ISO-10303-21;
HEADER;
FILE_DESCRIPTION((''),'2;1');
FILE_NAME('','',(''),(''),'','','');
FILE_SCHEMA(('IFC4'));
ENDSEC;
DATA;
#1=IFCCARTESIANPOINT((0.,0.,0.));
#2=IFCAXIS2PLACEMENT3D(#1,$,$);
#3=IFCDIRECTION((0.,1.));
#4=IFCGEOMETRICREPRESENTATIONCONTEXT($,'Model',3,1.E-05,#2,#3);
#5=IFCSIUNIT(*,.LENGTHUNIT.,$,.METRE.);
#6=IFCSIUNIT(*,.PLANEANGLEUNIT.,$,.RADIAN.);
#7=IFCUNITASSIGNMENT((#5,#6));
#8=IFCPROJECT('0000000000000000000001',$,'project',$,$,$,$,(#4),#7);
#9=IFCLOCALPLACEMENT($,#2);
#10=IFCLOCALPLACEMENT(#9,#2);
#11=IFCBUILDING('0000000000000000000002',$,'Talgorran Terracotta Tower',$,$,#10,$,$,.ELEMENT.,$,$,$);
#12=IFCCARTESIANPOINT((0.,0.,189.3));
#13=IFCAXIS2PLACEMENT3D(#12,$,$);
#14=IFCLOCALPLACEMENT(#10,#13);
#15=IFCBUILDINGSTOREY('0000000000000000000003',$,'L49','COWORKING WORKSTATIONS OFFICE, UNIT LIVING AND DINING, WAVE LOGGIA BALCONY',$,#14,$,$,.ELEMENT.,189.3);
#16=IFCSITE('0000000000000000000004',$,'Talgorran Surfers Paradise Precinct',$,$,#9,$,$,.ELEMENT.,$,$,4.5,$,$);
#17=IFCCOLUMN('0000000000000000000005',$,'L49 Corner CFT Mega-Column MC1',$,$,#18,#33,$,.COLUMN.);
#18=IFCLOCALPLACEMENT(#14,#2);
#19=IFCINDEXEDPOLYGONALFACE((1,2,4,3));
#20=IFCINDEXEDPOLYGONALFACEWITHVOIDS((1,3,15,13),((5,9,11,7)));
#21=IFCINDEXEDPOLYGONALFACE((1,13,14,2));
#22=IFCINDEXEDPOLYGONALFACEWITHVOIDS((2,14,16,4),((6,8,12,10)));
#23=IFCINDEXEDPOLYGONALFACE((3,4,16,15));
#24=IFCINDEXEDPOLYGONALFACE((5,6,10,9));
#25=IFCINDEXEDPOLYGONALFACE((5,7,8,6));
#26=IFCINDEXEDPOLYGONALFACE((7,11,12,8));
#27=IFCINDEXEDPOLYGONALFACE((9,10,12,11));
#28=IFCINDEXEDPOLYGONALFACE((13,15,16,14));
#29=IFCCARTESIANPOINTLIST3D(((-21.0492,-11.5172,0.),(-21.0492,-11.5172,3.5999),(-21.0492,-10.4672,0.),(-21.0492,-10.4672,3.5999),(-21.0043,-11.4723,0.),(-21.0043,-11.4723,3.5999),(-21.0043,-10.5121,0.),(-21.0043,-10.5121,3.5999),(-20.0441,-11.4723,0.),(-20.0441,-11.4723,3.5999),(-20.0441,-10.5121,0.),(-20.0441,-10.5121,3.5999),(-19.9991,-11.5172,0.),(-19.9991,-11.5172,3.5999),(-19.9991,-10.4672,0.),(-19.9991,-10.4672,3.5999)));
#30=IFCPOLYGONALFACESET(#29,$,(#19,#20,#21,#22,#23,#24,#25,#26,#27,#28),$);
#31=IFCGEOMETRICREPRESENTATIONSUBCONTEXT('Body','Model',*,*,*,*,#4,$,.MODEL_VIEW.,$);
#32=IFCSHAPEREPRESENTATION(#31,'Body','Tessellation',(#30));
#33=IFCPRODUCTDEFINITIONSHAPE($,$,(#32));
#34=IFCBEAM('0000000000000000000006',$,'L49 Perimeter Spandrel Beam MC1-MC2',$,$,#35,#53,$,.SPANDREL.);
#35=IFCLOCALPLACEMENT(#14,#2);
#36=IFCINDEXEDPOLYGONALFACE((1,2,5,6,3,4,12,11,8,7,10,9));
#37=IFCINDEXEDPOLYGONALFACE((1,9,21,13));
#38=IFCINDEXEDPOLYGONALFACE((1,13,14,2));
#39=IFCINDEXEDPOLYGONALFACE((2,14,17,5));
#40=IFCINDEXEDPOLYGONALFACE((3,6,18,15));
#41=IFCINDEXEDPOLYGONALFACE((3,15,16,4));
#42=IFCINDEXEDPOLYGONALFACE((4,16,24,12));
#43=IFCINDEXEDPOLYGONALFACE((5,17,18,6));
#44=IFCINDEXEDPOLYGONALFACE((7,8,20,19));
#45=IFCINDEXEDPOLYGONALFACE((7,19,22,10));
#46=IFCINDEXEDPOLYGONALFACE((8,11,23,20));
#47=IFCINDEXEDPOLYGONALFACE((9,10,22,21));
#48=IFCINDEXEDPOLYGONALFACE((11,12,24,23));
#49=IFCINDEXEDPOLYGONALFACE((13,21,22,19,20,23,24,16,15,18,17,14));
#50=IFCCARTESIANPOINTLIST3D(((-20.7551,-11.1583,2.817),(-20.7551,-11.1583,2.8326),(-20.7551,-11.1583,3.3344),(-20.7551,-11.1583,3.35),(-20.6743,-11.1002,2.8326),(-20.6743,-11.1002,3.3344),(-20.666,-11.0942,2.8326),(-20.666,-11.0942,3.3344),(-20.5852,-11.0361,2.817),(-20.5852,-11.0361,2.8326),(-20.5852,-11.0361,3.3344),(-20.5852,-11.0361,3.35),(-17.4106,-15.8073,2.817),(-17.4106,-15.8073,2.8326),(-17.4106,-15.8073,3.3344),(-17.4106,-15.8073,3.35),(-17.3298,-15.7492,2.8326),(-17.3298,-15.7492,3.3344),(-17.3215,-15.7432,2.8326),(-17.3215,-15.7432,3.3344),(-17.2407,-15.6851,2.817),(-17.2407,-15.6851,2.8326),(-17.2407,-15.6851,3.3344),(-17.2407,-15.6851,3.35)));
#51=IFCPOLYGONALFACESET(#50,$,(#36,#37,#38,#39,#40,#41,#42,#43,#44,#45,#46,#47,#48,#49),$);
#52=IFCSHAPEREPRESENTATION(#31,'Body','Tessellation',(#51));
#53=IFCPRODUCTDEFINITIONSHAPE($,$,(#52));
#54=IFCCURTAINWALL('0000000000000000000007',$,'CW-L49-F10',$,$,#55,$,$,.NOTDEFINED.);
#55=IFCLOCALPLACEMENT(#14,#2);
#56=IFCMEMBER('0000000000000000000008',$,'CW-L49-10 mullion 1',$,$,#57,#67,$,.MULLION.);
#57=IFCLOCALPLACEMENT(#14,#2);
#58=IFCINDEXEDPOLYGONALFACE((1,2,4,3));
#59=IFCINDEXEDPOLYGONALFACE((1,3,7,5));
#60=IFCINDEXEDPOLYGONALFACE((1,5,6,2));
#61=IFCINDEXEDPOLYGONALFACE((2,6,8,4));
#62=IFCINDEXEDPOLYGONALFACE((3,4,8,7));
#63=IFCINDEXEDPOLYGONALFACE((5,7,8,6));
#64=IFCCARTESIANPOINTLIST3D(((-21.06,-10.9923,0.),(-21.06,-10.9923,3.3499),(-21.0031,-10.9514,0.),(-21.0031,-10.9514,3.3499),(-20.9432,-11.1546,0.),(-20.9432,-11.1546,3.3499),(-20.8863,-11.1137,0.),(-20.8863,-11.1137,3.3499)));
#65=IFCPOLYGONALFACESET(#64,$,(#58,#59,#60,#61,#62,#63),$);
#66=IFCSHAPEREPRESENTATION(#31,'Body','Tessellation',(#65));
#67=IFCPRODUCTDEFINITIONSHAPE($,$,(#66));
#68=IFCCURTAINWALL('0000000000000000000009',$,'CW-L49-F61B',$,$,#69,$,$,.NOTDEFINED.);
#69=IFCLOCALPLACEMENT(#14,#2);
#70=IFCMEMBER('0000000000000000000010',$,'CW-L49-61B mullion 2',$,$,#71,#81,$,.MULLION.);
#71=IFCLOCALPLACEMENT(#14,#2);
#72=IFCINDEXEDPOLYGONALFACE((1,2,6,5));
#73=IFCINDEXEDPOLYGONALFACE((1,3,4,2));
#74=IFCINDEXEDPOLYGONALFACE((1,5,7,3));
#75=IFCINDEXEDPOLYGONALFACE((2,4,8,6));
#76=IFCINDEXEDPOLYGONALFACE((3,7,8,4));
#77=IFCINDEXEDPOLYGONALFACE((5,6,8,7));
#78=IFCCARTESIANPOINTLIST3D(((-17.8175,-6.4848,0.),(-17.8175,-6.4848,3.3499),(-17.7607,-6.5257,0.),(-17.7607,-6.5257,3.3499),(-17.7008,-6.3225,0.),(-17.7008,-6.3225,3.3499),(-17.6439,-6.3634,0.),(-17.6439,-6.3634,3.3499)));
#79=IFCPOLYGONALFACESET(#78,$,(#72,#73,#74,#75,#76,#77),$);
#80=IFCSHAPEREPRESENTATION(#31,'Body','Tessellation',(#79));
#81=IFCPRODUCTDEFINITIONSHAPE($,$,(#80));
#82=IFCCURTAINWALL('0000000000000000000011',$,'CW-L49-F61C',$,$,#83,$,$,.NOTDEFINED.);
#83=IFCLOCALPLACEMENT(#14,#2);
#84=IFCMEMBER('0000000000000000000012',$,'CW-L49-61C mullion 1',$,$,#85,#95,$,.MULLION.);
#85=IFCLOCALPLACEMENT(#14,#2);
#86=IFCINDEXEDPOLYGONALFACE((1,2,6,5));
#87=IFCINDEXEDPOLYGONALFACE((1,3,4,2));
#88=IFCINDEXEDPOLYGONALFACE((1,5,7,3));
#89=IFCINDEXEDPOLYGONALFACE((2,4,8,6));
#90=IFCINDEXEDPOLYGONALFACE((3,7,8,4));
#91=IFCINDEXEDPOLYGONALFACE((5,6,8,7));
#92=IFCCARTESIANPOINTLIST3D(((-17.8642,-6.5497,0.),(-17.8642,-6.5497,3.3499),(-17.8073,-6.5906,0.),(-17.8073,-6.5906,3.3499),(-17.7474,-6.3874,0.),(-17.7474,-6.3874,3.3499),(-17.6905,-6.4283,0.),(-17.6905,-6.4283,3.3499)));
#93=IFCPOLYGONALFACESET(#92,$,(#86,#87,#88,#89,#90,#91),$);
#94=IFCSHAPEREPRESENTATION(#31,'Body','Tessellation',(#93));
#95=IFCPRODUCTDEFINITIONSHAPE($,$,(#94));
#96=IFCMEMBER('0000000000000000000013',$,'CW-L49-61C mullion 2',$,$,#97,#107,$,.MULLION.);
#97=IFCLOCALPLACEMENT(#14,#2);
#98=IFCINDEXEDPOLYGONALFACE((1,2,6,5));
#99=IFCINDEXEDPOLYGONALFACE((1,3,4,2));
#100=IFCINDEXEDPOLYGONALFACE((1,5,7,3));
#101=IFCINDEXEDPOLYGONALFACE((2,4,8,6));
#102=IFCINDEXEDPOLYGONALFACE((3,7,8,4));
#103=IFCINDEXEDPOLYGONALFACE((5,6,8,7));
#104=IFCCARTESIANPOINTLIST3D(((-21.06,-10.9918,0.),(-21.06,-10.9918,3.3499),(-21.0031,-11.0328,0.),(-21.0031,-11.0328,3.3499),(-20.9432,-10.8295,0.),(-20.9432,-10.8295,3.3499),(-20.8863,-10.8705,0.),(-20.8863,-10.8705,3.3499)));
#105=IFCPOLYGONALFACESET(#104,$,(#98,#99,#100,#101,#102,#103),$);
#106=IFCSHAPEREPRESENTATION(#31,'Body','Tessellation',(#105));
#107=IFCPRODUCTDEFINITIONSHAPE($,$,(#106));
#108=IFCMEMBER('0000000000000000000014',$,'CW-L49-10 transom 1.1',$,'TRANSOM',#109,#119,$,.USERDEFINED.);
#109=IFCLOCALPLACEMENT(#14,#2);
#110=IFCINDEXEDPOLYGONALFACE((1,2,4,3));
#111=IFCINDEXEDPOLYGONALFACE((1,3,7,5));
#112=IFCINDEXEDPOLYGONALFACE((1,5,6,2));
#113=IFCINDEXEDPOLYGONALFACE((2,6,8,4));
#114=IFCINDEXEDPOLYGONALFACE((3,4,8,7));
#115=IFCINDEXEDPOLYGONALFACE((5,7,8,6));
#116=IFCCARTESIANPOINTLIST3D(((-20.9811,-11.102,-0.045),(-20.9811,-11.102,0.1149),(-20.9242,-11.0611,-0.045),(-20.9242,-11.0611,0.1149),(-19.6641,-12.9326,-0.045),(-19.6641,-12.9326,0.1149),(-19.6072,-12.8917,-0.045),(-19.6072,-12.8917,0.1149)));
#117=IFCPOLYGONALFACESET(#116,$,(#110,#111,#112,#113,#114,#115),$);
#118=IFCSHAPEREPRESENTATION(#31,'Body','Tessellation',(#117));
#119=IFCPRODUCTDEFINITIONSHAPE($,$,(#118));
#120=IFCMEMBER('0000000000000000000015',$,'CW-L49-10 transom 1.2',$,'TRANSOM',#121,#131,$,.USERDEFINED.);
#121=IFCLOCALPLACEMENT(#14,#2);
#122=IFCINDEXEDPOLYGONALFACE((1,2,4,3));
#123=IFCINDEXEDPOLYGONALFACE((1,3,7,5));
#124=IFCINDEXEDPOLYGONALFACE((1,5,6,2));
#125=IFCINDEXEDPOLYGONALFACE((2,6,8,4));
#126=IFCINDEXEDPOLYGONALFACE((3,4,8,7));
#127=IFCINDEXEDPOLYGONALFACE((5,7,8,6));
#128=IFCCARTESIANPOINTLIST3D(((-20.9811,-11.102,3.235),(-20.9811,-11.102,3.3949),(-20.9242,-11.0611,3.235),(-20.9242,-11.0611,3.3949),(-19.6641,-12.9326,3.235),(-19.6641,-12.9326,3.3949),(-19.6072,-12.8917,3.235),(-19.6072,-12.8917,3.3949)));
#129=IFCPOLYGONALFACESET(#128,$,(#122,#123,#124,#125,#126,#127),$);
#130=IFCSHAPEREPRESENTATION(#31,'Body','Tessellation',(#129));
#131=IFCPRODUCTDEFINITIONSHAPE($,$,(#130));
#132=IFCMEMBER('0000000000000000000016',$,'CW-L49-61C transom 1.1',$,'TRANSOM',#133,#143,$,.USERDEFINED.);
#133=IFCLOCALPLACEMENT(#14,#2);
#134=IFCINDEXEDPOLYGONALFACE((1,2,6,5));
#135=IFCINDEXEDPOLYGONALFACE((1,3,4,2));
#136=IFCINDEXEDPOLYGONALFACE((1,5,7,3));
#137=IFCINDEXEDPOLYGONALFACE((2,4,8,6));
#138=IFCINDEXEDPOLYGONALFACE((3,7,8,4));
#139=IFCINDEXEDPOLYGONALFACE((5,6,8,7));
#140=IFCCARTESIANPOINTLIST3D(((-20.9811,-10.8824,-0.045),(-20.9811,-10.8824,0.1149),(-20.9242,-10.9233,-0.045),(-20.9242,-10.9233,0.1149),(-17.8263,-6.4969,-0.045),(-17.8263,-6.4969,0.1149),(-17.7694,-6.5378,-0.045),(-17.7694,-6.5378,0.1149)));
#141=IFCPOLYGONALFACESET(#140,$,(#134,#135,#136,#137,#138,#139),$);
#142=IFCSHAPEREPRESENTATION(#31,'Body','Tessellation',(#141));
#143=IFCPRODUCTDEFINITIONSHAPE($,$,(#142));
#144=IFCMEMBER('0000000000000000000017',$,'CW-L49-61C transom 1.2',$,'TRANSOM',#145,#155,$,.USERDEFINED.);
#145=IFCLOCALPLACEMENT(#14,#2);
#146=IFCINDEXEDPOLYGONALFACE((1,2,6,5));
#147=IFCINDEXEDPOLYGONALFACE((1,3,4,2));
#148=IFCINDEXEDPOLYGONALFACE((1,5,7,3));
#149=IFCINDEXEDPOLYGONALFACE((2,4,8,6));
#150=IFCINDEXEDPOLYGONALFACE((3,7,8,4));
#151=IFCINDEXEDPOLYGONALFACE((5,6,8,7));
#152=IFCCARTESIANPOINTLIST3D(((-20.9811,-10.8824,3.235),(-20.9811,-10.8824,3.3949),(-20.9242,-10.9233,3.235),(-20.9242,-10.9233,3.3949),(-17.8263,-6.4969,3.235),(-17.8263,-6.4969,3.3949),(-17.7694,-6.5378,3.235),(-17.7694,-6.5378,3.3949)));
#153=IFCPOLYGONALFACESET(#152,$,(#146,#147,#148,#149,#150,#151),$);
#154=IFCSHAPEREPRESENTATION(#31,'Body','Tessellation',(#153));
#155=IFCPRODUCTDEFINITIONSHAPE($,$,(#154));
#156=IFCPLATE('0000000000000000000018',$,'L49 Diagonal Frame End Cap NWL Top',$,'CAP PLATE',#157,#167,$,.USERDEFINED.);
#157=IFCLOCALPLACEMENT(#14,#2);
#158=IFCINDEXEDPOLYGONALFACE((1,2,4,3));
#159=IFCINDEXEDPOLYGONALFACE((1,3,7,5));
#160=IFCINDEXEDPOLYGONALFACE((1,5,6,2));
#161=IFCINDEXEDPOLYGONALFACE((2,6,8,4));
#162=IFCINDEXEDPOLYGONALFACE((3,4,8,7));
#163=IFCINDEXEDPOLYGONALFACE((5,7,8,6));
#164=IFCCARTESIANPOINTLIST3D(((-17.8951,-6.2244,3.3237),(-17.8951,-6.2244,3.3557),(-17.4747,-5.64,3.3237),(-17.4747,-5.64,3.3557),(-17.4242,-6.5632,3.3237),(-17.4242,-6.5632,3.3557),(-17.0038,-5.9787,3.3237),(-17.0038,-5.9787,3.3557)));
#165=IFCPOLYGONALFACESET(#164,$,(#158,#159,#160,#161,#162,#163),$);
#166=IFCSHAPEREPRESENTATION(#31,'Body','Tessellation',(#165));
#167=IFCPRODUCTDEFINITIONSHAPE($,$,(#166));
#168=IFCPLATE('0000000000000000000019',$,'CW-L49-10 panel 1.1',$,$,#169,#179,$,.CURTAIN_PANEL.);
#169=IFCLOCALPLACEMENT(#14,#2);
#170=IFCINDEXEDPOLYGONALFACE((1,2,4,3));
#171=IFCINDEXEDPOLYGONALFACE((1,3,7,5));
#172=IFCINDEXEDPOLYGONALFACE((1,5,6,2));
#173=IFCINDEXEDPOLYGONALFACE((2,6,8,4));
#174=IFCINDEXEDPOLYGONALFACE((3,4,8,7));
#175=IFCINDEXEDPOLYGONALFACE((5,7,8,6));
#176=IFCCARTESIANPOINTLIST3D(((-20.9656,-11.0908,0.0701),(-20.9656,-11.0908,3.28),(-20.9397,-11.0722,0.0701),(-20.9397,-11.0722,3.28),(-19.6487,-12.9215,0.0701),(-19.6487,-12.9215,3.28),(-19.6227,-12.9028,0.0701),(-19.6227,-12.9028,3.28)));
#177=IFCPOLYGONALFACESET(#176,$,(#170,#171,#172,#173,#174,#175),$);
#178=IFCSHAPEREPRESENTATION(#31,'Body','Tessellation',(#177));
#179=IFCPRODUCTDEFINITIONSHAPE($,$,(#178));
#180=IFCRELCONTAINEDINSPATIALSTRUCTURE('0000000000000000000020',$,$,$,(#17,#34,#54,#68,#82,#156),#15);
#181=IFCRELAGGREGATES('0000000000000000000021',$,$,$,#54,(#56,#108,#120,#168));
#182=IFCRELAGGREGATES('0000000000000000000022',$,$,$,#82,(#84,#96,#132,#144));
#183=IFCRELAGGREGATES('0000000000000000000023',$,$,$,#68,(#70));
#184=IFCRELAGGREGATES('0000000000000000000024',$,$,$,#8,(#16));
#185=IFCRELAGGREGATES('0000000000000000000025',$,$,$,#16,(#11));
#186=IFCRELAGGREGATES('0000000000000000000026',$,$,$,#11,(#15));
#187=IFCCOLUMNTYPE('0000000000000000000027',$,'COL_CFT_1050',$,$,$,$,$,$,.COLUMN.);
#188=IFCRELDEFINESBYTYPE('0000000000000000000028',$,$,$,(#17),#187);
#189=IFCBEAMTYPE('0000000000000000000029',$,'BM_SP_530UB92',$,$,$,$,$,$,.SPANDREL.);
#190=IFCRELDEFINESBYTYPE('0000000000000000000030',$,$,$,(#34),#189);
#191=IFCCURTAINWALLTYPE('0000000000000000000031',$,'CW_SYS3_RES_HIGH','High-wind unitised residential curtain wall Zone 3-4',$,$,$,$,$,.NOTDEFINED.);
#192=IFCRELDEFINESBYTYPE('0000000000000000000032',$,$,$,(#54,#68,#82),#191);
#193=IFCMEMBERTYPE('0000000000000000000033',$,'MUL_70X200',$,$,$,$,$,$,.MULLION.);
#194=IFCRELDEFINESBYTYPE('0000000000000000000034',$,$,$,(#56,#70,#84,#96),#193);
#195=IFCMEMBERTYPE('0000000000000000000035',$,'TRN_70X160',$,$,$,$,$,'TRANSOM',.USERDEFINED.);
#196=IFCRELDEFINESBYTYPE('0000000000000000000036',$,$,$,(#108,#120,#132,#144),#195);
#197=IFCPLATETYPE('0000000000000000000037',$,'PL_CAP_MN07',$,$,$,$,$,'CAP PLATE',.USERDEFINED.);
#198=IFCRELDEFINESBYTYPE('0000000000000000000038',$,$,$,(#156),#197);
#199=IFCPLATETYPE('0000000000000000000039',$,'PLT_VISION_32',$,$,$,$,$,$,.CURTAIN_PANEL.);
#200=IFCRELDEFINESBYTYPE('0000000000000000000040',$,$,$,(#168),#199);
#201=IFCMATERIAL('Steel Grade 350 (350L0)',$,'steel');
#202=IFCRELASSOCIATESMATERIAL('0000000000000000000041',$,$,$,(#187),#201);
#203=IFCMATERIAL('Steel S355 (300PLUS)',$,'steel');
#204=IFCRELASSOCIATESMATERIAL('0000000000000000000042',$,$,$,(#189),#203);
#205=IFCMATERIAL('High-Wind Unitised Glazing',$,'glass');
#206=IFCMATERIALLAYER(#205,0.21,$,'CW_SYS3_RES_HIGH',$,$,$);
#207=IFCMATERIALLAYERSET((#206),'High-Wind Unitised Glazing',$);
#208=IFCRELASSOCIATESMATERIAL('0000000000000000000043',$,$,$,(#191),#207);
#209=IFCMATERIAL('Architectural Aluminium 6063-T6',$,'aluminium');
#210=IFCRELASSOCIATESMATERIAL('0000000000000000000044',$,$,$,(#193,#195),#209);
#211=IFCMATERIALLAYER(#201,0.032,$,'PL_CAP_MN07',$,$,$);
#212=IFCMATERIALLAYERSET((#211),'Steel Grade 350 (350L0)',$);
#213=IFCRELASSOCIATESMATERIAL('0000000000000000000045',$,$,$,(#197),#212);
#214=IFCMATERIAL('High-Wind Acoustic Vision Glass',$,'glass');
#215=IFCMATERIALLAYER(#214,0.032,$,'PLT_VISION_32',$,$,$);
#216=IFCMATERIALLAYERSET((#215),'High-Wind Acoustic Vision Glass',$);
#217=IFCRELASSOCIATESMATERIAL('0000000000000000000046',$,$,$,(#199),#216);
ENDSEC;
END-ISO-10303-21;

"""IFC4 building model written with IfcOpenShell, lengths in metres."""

from ifc_helpers import new_model, si_unit, direction, frame, origin, origin_2d, place, context, subcontext, project, spatial, rectangle, hollow_rectangle, i_section, extrude, source, transform, mapped, material, layer, layer_set, material_profile, profile_set, type_object, element, aggregate, save


model = new_model("IFC4")

# Units and contexts
model_context = context("Model", 3, precision=1e-05, world=origin(), true_north=direction((0.0, 1.0)))
body_context = subcontext(model_context, "Body", "Model", "MODEL_VIEW")
ifc_project = project(units=[si_unit("LENGTHUNIT", "METRE"), si_unit("PLANEANGLEUNIT", "RADIAN")], contexts=[model_context])

# Site, building, storey
site_placement = place(None, origin())
site = spatial("IfcSite", under=ifc_project, at=site_placement, Name="Talgorran Surfers Paradise Precinct", CompositionType="ELEMENT", RefElevation=4.5)
building_placement = place(site_placement, origin())
building = spatial("IfcBuilding", under=site, at=building_placement, Name="Talgorran Terracotta Tower", CompositionType="ELEMENT")
storey_placement = place(building_placement, frame((0.0, 0.0, 189.3)))
storey = spatial("IfcBuildingStorey", under=building, at=storey_placement, Name="L49", Description="COWORKING WORKSTATIONS OFFICE, UNIT LIVING AND DINING, WAVE LOGGIA BALCONY", CompositionType="ELEMENT", Elevation=189.3)

# Column
ifc_material_1 = material(Name="Steel Grade 350 (350L0)", Category="steel")
ifc_material_profile_1 = material_profile(ifc_material_1, hollow_rectangle(XDim=1.05, YDim=1.05, WallThickness=0.0449, at=origin_2d()), Name="CFT1050X1050X45")
ifc_profile_set_1 = profile_set([ifc_material_profile_1], Name="Steel Grade 350 (350L0)")
column_type = type_object("IfcColumnType", Name="COL_CFT_1050", PredefinedType="COLUMN", material=ifc_profile_set_1)
column_placement = place(storey_placement, frame((-20.5242, -10.9922, 0.0), z_axis=(0.0, 0.0, 1.0), x_axis=(1.0, 0.0, 0.0)))
element("IfcColumn", 1, at=column_placement, inside=storey, type_object=column_type, Name="L49 Corner CFT Mega-Column MC1", PredefinedType="COLUMN", context=body_context, shape_type="SweptSolid", body=[
    extrude(hollow_rectangle(XDim=1.05, YDim=1.05, WallThickness=0.0449, at=origin_2d()), origin(), (0.0, 0.0, 1.0), 3.5999),
])

# Beam
ifc_material_2 = material(Name="Steel S355 (300PLUS)", Category="steel")
ifc_material_profile_2 = material_profile(ifc_material_2, i_section(OverallWidth=0.2092, OverallDepth=0.533, WebThickness=0.0103, FlangeThickness=0.0156, at=origin_2d()), Name="530UB92.4")
ifc_profile_set_2 = profile_set([ifc_material_profile_2], Name="Steel S355 (300PLUS)")
beam_type = type_object("IfcBeamType", Name="BM_SP_530UB92", PredefinedType="SPANDREL", material=ifc_profile_set_2)
beam_placement = place(storey_placement, frame((-20.6702, -11.0972, 3.0835), z_axis=(0.583989, -0.811761, 0.0), x_axis=(0.811761, 0.583989, 0.0)))
element("IfcBeam", 2, at=beam_placement, inside=storey, type_object=beam_type, Name="L49 Perimeter Spandrel Beam MC1-MC2", PredefinedType="SPANDREL", context=body_context, shape_type="SweptSolid", body=[
    extrude(i_section(OverallWidth=0.2092, OverallDepth=0.533, WebThickness=0.0103, FlangeThickness=0.0156, at=origin_2d()), origin(), (0.0, 0.0, 1.0), 5.7271),
])

# Curtain walls, members
ifc_material_3 = material(Name="High-Wind Unitised Glazing", Category="glass")
ifc_layer_1 = layer(ifc_material_3, 0.21, Name="CW_SYS3_RES_HIGH")
ifc_layer_set_1 = layer_set([ifc_layer_1], Name="High-Wind Unitised Glazing")
curtain_wall_type = type_object("IfcCurtainWallType", Name="CW_SYS3_RES_HIGH", Description="High-wind unitised residential curtain wall Zone 3-4", PredefinedType="NOTDEFINED", material=ifc_layer_set_1)
curtain_wall_1_placement = place(storey_placement, origin())
curtain_wall_1 = element("IfcCurtainWall", 3, at=curtain_wall_1_placement, inside=storey, type_object=curtain_wall_type, Name="CW-L49-F10", PredefinedType="NOTDEFINED")
ifc_material_4 = material(Name="Architectural Aluminium 6063-T6", Category="aluminium")
ifc_material_profile_3 = material_profile(ifc_material_4, rectangle(XDim=0.0701, YDim=0.2, at=origin_2d()), Name="CWM70X200")
ifc_profile_set_3 = profile_set([ifc_material_profile_3], Name="Architectural Aluminium 6063-T6")
member_type_1 = type_object("IfcMemberType", Name="MUL_70X200", PredefinedType="MULLION", material=ifc_profile_set_3)
member_1_placement = place(storey_placement, frame((-20.9731, -11.053, 0.0), z_axis=(0.0, 0.0, 1.0), x_axis=(0.811771, 0.583976, 0.0)))
member_1 = element("IfcMember", 4, at=member_1_placement, type_object=member_type_1, Name="CW-L49-10 mullion 1", PredefinedType="MULLION", context=body_context, shape_type="SweptSolid", body=[
    extrude(rectangle(XDim=0.0701, YDim=0.2, at=origin_2d()), origin(), (0.0, 0.0, 1.0), 3.3499),
])
curtain_wall_2_placement = place(storey_placement, origin())
curtain_wall_2 = element("IfcCurtainWall", 5, at=curtain_wall_2_placement, inside=storey, type_object=curtain_wall_type, Name="CW-L49-F61B", PredefinedType="NOTDEFINED")
member_2_placement = place(storey_placement, frame((-17.7307, -6.4241, 0.0), z_axis=(0.0, 0.0, 1.0), x_axis=(0.811744, -0.584014, 0.0)))
member_2 = element("IfcMember", 6, at=member_2_placement, type_object=member_type_1, Name="CW-L49-61B mullion 2", PredefinedType="MULLION", context=body_context, shape_type="SweptSolid", body=[
    extrude(rectangle(XDim=0.0701, YDim=0.2, at=origin_2d()), origin(), (0.0, 0.0, 1.0), 3.3499),
])

# Curtain wall, members
curtain_wall_3_placement = place(storey_placement, origin())
curtain_wall_3 = element("IfcCurtainWall", 7, at=curtain_wall_3_placement, inside=storey, type_object=curtain_wall_type, Name="CW-L49-F61C", PredefinedType="NOTDEFINED")
member_3_placement = place(storey_placement, frame((-17.7773, -6.489, 0.0), z_axis=(0.0, 0.0, 1.0), x_axis=(0.811764, -0.583986, 0.0)))
member_3 = element("IfcMember", 8, at=member_3_placement, type_object=member_type_1, Name="CW-L49-61C mullion 1", PredefinedType="MULLION", context=body_context, shape_type="SweptSolid", body=[
    extrude(rectangle(XDim=0.0701, YDim=0.2, at=origin_2d()), origin(), (0.0, 0.0, 1.0), 3.3499),
])
member_4_placement = place(storey_placement, frame((-20.9731, -10.9312, 0.0), z_axis=(0.0, 0.0, 1.0), x_axis=(0.811764, -0.583986, 0.0)))
member_4 = element("IfcMember", 9, at=member_4_placement, type_object=member_type_1, Name="CW-L49-61C mullion 2", PredefinedType="MULLION", context=body_context, shape_type="SweptSolid", body=[
    extrude(rectangle(XDim=0.0701, YDim=0.2, at=origin_2d()), origin(), (0.0, 0.0, 1.0), 3.3499),
])

# Members
ifc_material_profile_4 = material_profile(ifc_material_4, rectangle(XDim=0.0701, YDim=0.1599, at=origin_2d()), Name="CWT70X160")
ifc_profile_set_4 = profile_set([ifc_material_profile_4], Name="Architectural Aluminium 6063-T6")
member_type_2 = type_object("IfcMemberType", Name="TRN_70X160", ElementType="TRANSOM", PredefinedType="USERDEFINED", material=ifc_profile_set_4)
member_5_placement = place(storey_placement, frame((-20.9526, -11.0815, 0.0349), z_axis=(0.58398, -0.811768, 0.0), x_axis=(0.811768, 0.58398, 0.0)))
member_5 = element("IfcMember", 10, at=member_5_placement, type_object=member_type_2, Name="CW-L49-10 transom 1.1", ObjectType="TRANSOM", PredefinedType="USERDEFINED", context=body_context, shape_type="SweptSolid", body=[
    extrude(rectangle(XDim=0.0701, YDim=0.1599, at=origin_2d()), origin(), (0.0, 0.0, 1.0), 2.2551),
])
member_6_placement = place(storey_placement, frame((-20.9526, -11.0815, 3.3149), z_axis=(0.58398, -0.811768, 0.0), x_axis=(0.811768, 0.58398, 0.0)))
member_6 = element("IfcMember", 11, at=member_6_placement, type_object=member_type_2, Name="CW-L49-10 transom 1.2", ObjectType="TRANSOM", PredefinedType="USERDEFINED", context=body_context, shape_type="SweptSolid", body=[
    extrude(rectangle(XDim=0.0701, YDim=0.1599, at=origin_2d()), origin(), (0.0, 0.0, 1.0), 2.2551),
])
member_7_placement = place(storey_placement, frame((-17.7979, -6.5173, 0.0349), z_axis=(-0.583967, -0.811778, 0.0), x_axis=(0.811778, -0.583967, 0.0)))
member_7 = element("IfcMember", 12, at=member_7_placement, type_object=member_type_2, Name="CW-L49-61C transom 1.1", ObjectType="TRANSOM", PredefinedType="USERDEFINED", context=body_context, shape_type="SweptSolid", body=[
    extrude(rectangle(XDim=0.0701, YDim=0.1599, at=origin_2d()), origin(), (0.0, 0.0, 1.0), 5.4023),
])
member_8_placement = place(storey_placement, frame((-17.7979, -6.5173, 3.3149), z_axis=(-0.583967, -0.811778, 0.0), x_axis=(0.811778, -0.583967, 0.0)))
member_8 = element("IfcMember", 13, at=member_8_placement, type_object=member_type_2, Name="CW-L49-61C transom 1.2", ObjectType="TRANSOM", PredefinedType="USERDEFINED", context=body_context, shape_type="SweptSolid", body=[
    extrude(rectangle(XDim=0.0701, YDim=0.1599, at=origin_2d()), origin(), (0.0, 0.0, 1.0), 5.4023),
])

# Plates
ifc_layer_2 = layer(ifc_material_1, 0.032, Name="PL_CAP_MN07")
ifc_layer_set_2 = layer_set([ifc_layer_2], Name="Steel Grade 350 (350L0)")
plate_type_1 = type_object("IfcPlateType", Name="PL_CAP_MN07", ElementType="CAP PLATE", PredefinedType="USERDEFINED", material=ifc_layer_set_2)
plate_1_placement = place(storey_placement, frame((-17.4495, -6.1016, 3.3237), z_axis=(0.0, 0.0, 1.0), x_axis=(-0.583966, -0.811778, 0.0)))
element("IfcPlate", 14, at=plate_1_placement, inside=storey, type_object=plate_type_1, Name="L49 Diagonal Frame End Cap NWL Top", ObjectType="CAP PLATE", PredefinedType="USERDEFINED", context=body_context, shape_type="SweptSolid", body=[
    extrude(rectangle(XDim=0.72, YDim=0.5801, at=origin_2d()), origin(), (0.0, 0.0, 1.0), 0.032),
])
ifc_material_5 = material(Name="High-Wind Acoustic Vision Glass", Category="glass")
ifc_layer_3 = layer(ifc_material_5, 0.032, Name="PLT_VISION_32")
ifc_layer_set_3 = layer_set([ifc_layer_3], Name="High-Wind Acoustic Vision Glass")
plate_type_2 = type_object("IfcPlateType", Name="PLT_VISION_32", PredefinedType="CURTAIN_PANEL", material=ifc_layer_set_3)
shared_shape_1 = source(origin(), body_context, "Body", "SweptSolid", [
    extrude(rectangle(XDim=2.2551, YDim=0.032, at=origin_2d()), origin(), (0.0, 0.0, 1.0), 3.21),
])
plate_2_placement = place(storey_placement, frame((-20.2942, -11.9968, 0.0701), z_axis=(0.0, 0.0, 1.0), x_axis=(0.583976, -0.811771, 0.0)))
plate_2 = element("IfcPlate", 15, at=plate_2_placement, type_object=plate_type_2, Name="CW-L49-10 panel 1.1", PredefinedType="CURTAIN_PANEL", context=body_context, shape_type="MappedRepresentation", body=[
    mapped(shared_shape_1, transform((0.0, 0.0, 0.0), scale=1.0)),
])
aggregate(curtain_wall_1, [member_1, member_5, member_6, plate_2])
aggregate(curtain_wall_3, [member_3, member_4, member_7, member_8])
aggregate(curtain_wall_2, [member_2])

save(model, "model.ifc")
